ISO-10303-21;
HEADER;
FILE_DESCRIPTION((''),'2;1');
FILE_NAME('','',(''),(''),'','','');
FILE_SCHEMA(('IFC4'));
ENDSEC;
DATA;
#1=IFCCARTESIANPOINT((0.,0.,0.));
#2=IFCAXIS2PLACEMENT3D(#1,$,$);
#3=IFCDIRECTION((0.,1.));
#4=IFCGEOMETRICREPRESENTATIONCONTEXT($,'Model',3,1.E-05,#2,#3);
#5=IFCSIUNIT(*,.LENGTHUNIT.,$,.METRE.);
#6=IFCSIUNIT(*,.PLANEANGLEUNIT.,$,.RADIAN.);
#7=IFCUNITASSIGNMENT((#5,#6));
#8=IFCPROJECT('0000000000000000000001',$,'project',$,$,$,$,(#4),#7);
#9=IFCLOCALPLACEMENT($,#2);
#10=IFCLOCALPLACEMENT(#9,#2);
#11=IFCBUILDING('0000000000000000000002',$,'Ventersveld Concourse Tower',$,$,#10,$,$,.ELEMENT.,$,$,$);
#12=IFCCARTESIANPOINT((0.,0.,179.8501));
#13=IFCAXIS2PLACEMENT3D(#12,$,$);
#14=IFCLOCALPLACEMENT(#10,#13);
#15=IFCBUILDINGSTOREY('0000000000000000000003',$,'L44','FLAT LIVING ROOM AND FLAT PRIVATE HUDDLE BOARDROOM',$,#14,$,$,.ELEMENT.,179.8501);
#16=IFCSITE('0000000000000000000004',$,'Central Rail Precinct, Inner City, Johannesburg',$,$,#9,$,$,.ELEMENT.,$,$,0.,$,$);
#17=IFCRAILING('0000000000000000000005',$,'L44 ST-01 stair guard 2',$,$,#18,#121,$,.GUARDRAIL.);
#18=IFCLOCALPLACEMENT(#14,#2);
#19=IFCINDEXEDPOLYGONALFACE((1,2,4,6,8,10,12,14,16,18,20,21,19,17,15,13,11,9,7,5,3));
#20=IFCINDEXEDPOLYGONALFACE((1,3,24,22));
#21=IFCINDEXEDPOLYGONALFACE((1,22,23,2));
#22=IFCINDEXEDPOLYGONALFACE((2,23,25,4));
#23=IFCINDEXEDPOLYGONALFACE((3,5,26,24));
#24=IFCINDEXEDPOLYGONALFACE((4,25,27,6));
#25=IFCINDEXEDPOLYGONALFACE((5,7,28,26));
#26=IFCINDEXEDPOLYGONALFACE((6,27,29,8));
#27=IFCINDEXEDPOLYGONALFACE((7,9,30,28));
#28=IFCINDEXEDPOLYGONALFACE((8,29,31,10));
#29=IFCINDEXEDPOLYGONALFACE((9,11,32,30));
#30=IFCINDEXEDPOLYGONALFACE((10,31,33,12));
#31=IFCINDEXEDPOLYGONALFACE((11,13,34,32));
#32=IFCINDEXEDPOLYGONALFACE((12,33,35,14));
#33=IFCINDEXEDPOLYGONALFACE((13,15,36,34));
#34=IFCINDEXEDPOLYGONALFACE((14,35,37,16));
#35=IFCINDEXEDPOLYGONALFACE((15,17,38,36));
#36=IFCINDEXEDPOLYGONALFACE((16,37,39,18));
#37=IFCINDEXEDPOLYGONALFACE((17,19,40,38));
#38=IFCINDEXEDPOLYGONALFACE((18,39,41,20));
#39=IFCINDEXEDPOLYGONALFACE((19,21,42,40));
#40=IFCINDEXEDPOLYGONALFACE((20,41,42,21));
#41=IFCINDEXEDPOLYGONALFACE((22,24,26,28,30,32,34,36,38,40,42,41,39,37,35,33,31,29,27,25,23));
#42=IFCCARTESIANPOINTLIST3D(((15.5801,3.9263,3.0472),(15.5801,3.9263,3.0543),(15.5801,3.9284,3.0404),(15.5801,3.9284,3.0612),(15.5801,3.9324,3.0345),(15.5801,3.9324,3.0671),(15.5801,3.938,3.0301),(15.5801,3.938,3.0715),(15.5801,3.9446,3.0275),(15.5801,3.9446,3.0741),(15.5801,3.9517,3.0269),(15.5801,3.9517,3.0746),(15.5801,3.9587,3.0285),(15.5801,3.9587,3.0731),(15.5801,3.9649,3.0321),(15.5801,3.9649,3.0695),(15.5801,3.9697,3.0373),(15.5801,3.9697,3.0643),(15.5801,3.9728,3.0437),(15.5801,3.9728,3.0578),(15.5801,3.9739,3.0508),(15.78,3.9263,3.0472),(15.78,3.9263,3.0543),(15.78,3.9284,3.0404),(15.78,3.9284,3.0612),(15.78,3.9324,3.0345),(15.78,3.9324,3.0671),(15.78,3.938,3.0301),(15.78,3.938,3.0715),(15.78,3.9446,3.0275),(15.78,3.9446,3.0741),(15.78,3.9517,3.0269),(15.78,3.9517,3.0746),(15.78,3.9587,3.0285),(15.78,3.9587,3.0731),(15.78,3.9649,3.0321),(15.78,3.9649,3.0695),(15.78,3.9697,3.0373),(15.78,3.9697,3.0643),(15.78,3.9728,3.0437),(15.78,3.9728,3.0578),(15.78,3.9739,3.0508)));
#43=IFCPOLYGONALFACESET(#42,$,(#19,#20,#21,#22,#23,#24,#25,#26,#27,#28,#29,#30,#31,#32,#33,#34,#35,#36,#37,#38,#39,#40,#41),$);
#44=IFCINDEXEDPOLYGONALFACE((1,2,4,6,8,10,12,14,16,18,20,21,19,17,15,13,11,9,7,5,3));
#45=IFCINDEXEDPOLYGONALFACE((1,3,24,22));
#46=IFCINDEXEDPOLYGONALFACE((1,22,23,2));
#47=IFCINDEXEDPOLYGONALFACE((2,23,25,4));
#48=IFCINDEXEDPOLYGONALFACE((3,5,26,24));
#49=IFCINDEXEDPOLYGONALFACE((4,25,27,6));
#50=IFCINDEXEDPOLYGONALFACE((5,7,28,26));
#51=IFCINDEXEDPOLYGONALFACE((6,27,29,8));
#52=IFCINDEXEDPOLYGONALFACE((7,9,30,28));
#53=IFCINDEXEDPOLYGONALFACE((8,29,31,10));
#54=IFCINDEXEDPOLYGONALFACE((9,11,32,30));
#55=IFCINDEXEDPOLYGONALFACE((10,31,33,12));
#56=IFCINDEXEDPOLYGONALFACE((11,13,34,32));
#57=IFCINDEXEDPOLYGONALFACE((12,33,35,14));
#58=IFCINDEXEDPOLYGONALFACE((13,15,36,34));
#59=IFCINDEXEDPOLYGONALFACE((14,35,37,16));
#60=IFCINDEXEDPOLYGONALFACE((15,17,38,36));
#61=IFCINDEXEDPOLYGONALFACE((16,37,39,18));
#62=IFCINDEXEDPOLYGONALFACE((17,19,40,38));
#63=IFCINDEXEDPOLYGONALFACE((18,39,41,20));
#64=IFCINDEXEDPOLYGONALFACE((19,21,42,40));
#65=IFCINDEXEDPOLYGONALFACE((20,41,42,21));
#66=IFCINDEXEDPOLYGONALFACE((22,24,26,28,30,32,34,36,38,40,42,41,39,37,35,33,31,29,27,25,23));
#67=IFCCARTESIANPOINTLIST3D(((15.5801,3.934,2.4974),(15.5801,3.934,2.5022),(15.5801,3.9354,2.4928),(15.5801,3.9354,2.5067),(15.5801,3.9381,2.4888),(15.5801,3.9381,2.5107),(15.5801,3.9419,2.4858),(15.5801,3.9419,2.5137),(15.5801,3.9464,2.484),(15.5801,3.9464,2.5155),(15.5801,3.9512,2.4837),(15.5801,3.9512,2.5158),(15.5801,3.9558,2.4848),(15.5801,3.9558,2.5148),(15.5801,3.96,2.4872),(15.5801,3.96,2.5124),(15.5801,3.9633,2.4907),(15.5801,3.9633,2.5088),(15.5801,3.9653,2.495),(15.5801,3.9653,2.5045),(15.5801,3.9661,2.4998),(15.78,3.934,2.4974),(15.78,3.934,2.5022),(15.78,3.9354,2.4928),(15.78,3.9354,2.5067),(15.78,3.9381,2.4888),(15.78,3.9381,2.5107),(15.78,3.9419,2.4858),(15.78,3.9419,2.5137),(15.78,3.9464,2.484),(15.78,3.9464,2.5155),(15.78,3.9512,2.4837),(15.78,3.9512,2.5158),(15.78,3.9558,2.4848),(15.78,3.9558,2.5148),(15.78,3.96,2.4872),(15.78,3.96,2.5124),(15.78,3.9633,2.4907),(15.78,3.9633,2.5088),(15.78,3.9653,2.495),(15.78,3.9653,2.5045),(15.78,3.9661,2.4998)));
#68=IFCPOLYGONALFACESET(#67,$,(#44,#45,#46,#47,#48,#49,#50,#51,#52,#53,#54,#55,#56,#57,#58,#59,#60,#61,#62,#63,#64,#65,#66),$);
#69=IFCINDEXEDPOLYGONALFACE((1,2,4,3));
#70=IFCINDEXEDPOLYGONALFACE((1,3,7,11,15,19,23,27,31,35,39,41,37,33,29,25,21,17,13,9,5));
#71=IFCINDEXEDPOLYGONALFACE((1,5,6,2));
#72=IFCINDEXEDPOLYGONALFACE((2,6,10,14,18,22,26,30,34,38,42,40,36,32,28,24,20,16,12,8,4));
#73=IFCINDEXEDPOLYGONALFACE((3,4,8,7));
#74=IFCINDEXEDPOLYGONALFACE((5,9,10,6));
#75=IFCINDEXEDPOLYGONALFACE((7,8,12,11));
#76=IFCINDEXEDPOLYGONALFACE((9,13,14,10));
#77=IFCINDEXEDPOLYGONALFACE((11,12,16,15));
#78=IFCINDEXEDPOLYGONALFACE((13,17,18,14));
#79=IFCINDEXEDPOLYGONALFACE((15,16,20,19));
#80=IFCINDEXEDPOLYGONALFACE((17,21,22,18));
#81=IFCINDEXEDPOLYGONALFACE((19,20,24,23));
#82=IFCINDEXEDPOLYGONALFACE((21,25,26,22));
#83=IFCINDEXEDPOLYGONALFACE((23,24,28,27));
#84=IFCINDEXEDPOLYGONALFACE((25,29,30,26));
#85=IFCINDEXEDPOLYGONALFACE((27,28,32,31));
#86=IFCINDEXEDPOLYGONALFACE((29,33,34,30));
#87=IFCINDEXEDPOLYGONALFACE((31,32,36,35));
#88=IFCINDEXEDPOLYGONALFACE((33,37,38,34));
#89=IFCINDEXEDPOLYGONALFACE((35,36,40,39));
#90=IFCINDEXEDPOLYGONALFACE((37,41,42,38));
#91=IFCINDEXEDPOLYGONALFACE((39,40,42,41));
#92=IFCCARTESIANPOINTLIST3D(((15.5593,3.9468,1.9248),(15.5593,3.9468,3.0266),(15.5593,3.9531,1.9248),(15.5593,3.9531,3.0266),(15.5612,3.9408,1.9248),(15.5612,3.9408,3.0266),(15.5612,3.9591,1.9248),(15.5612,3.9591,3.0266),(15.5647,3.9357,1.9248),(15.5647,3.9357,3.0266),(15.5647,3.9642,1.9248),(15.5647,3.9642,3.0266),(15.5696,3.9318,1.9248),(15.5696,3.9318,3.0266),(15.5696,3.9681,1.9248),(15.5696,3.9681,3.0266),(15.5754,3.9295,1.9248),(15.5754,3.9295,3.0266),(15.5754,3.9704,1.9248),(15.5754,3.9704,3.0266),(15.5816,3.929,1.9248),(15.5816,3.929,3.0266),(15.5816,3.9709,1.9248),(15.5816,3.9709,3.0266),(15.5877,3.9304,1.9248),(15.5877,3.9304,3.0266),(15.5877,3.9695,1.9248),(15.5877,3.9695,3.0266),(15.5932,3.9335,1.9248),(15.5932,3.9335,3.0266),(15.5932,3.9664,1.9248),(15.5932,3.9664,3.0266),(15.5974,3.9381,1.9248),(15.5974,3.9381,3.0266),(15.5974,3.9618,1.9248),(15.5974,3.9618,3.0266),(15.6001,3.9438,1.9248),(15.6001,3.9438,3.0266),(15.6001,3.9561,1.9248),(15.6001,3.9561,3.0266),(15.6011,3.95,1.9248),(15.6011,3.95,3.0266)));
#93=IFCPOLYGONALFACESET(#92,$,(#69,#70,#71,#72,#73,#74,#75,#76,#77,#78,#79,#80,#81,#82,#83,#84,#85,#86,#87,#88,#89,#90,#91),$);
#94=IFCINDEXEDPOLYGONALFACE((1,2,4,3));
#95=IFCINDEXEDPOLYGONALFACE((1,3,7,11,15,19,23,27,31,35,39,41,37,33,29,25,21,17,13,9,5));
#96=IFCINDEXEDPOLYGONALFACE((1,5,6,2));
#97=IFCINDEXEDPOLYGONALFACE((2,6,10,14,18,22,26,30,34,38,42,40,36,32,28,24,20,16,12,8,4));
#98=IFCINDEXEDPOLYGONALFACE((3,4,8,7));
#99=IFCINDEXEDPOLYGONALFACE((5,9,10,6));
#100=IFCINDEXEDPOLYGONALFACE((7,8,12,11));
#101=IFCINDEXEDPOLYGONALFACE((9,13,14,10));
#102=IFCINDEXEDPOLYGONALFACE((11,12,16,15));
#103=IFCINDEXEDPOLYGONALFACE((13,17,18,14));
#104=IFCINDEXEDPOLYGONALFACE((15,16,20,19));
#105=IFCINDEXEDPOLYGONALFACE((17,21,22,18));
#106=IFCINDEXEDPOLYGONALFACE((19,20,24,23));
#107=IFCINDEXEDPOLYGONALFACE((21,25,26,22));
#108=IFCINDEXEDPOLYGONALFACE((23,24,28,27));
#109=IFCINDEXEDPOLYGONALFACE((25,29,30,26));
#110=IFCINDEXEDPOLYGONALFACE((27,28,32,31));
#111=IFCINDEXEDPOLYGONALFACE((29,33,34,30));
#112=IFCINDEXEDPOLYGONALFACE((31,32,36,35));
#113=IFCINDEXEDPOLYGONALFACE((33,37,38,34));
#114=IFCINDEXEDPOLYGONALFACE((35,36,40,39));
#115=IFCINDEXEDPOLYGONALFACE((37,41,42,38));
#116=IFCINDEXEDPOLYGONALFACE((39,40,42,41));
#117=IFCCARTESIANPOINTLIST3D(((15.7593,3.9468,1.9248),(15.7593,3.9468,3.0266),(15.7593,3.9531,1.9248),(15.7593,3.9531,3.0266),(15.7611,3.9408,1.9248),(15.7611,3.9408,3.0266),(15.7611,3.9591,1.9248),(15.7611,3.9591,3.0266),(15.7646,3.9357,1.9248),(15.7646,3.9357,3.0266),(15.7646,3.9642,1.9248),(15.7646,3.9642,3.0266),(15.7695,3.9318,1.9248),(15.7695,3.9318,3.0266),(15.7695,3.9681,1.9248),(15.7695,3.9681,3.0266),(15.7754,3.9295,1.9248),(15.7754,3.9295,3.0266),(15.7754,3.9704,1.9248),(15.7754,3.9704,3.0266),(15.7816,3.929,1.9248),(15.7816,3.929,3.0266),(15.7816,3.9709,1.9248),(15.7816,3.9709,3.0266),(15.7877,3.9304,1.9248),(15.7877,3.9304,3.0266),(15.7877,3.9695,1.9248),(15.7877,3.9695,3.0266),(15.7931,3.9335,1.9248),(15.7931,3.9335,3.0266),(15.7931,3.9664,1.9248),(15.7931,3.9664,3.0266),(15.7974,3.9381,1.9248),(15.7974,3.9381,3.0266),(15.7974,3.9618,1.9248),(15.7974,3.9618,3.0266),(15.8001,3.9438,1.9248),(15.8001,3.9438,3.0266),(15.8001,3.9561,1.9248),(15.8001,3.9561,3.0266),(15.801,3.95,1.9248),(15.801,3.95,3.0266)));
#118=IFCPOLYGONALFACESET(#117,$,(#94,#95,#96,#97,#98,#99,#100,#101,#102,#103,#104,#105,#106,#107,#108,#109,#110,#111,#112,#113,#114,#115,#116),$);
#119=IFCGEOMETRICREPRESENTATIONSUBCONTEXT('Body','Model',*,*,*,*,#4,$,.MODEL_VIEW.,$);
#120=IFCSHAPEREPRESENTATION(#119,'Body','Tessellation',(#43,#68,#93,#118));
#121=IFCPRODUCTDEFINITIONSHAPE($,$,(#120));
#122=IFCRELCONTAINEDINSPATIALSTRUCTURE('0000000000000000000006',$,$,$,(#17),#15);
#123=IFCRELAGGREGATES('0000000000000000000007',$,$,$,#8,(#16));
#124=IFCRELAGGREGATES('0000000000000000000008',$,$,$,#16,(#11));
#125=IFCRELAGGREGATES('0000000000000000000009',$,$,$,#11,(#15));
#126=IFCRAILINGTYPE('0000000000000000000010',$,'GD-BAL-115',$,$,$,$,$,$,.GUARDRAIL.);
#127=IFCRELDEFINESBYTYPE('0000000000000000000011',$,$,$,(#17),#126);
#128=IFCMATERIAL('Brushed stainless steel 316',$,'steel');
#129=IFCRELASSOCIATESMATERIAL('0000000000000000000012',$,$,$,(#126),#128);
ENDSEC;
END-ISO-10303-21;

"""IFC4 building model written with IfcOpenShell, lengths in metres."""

from ifc_helpers import new_model, si_unit, direction, frame, origin, origin_2d, place, context, subcontext, project, spatial, circle, extrude, material, type_object, element, save


model = new_model("IFC4")

# Units and contexts
model_context = context("Model", 3, precision=1e-05, world=origin(), true_north=direction((0.0, 1.0)))
body_context = subcontext(model_context, "Body", "Model", "MODEL_VIEW")
ifc_project = project(units=[si_unit("LENGTHUNIT", "METRE"), si_unit("PLANEANGLEUNIT", "RADIAN")], contexts=[model_context])

# Site, building, storey
site_placement = place(None, origin())
site = spatial("IfcSite", under=ifc_project, at=site_placement, Name="Central Rail Precinct, Inner City, Johannesburg", CompositionType="ELEMENT", RefElevation=0.0)
building_placement = place(site_placement, origin())
building = spatial("IfcBuilding", under=site, at=building_placement, Name="Ventersveld Concourse Tower", CompositionType="ELEMENT")
storey_placement = place(building_placement, frame((0.0, 0.0, 179.8501)))
storey = spatial("IfcBuildingStorey", under=building, at=storey_placement, Name="L44", Description="FLAT LIVING ROOM AND FLAT PRIVATE HUDDLE BOARDROOM", CompositionType="ELEMENT", Elevation=179.8501)

# Railing
ifc_material_1 = material(Name="Brushed stainless steel 316", Category="steel")
railing_type_1 = type_object("IfcRailingType", Name="GD-BAL-115", PredefinedType="GUARDRAIL", material=ifc_material_1)
railing_1_placement = place(storey_placement, frame((15.5801, 3.95, 1.9248)))
element("IfcRailing", 1, at=railing_1_placement, inside=storey, type_object=railing_type_1, Name="L44 ST-01 stair guard 2", PredefinedType="GUARDRAIL", context=body_context, shape_type="SweptSolid", body=[
    extrude(circle(Radius=0.0239, at=origin_2d()), frame((0.0, 0.0, 1.126), z_axis=(1.0, 0.0, 0.0), x_axis=(0.0, 1.0, 0.0)), (0.0, 0.0, 1.0), 0.2),
    extrude(circle(Radius=0.0161, at=origin_2d()), frame((0.0, 0.0, 0.575), z_axis=(1.0, 0.0, 0.0), x_axis=(0.0, 1.0, 0.0)), (0.0, 0.0, 1.0), 0.2),
    extrude(circle(Radius=0.021, at=origin_2d()), origin(), (0.0, 0.0, 1.0), 1.1018),
    extrude(circle(Radius=0.021, at=origin_2d()), frame((0.2, 0.0, 0.0)), (0.0, 0.0, 1.0), 1.1018),
])

save(model, "model.ifc")
